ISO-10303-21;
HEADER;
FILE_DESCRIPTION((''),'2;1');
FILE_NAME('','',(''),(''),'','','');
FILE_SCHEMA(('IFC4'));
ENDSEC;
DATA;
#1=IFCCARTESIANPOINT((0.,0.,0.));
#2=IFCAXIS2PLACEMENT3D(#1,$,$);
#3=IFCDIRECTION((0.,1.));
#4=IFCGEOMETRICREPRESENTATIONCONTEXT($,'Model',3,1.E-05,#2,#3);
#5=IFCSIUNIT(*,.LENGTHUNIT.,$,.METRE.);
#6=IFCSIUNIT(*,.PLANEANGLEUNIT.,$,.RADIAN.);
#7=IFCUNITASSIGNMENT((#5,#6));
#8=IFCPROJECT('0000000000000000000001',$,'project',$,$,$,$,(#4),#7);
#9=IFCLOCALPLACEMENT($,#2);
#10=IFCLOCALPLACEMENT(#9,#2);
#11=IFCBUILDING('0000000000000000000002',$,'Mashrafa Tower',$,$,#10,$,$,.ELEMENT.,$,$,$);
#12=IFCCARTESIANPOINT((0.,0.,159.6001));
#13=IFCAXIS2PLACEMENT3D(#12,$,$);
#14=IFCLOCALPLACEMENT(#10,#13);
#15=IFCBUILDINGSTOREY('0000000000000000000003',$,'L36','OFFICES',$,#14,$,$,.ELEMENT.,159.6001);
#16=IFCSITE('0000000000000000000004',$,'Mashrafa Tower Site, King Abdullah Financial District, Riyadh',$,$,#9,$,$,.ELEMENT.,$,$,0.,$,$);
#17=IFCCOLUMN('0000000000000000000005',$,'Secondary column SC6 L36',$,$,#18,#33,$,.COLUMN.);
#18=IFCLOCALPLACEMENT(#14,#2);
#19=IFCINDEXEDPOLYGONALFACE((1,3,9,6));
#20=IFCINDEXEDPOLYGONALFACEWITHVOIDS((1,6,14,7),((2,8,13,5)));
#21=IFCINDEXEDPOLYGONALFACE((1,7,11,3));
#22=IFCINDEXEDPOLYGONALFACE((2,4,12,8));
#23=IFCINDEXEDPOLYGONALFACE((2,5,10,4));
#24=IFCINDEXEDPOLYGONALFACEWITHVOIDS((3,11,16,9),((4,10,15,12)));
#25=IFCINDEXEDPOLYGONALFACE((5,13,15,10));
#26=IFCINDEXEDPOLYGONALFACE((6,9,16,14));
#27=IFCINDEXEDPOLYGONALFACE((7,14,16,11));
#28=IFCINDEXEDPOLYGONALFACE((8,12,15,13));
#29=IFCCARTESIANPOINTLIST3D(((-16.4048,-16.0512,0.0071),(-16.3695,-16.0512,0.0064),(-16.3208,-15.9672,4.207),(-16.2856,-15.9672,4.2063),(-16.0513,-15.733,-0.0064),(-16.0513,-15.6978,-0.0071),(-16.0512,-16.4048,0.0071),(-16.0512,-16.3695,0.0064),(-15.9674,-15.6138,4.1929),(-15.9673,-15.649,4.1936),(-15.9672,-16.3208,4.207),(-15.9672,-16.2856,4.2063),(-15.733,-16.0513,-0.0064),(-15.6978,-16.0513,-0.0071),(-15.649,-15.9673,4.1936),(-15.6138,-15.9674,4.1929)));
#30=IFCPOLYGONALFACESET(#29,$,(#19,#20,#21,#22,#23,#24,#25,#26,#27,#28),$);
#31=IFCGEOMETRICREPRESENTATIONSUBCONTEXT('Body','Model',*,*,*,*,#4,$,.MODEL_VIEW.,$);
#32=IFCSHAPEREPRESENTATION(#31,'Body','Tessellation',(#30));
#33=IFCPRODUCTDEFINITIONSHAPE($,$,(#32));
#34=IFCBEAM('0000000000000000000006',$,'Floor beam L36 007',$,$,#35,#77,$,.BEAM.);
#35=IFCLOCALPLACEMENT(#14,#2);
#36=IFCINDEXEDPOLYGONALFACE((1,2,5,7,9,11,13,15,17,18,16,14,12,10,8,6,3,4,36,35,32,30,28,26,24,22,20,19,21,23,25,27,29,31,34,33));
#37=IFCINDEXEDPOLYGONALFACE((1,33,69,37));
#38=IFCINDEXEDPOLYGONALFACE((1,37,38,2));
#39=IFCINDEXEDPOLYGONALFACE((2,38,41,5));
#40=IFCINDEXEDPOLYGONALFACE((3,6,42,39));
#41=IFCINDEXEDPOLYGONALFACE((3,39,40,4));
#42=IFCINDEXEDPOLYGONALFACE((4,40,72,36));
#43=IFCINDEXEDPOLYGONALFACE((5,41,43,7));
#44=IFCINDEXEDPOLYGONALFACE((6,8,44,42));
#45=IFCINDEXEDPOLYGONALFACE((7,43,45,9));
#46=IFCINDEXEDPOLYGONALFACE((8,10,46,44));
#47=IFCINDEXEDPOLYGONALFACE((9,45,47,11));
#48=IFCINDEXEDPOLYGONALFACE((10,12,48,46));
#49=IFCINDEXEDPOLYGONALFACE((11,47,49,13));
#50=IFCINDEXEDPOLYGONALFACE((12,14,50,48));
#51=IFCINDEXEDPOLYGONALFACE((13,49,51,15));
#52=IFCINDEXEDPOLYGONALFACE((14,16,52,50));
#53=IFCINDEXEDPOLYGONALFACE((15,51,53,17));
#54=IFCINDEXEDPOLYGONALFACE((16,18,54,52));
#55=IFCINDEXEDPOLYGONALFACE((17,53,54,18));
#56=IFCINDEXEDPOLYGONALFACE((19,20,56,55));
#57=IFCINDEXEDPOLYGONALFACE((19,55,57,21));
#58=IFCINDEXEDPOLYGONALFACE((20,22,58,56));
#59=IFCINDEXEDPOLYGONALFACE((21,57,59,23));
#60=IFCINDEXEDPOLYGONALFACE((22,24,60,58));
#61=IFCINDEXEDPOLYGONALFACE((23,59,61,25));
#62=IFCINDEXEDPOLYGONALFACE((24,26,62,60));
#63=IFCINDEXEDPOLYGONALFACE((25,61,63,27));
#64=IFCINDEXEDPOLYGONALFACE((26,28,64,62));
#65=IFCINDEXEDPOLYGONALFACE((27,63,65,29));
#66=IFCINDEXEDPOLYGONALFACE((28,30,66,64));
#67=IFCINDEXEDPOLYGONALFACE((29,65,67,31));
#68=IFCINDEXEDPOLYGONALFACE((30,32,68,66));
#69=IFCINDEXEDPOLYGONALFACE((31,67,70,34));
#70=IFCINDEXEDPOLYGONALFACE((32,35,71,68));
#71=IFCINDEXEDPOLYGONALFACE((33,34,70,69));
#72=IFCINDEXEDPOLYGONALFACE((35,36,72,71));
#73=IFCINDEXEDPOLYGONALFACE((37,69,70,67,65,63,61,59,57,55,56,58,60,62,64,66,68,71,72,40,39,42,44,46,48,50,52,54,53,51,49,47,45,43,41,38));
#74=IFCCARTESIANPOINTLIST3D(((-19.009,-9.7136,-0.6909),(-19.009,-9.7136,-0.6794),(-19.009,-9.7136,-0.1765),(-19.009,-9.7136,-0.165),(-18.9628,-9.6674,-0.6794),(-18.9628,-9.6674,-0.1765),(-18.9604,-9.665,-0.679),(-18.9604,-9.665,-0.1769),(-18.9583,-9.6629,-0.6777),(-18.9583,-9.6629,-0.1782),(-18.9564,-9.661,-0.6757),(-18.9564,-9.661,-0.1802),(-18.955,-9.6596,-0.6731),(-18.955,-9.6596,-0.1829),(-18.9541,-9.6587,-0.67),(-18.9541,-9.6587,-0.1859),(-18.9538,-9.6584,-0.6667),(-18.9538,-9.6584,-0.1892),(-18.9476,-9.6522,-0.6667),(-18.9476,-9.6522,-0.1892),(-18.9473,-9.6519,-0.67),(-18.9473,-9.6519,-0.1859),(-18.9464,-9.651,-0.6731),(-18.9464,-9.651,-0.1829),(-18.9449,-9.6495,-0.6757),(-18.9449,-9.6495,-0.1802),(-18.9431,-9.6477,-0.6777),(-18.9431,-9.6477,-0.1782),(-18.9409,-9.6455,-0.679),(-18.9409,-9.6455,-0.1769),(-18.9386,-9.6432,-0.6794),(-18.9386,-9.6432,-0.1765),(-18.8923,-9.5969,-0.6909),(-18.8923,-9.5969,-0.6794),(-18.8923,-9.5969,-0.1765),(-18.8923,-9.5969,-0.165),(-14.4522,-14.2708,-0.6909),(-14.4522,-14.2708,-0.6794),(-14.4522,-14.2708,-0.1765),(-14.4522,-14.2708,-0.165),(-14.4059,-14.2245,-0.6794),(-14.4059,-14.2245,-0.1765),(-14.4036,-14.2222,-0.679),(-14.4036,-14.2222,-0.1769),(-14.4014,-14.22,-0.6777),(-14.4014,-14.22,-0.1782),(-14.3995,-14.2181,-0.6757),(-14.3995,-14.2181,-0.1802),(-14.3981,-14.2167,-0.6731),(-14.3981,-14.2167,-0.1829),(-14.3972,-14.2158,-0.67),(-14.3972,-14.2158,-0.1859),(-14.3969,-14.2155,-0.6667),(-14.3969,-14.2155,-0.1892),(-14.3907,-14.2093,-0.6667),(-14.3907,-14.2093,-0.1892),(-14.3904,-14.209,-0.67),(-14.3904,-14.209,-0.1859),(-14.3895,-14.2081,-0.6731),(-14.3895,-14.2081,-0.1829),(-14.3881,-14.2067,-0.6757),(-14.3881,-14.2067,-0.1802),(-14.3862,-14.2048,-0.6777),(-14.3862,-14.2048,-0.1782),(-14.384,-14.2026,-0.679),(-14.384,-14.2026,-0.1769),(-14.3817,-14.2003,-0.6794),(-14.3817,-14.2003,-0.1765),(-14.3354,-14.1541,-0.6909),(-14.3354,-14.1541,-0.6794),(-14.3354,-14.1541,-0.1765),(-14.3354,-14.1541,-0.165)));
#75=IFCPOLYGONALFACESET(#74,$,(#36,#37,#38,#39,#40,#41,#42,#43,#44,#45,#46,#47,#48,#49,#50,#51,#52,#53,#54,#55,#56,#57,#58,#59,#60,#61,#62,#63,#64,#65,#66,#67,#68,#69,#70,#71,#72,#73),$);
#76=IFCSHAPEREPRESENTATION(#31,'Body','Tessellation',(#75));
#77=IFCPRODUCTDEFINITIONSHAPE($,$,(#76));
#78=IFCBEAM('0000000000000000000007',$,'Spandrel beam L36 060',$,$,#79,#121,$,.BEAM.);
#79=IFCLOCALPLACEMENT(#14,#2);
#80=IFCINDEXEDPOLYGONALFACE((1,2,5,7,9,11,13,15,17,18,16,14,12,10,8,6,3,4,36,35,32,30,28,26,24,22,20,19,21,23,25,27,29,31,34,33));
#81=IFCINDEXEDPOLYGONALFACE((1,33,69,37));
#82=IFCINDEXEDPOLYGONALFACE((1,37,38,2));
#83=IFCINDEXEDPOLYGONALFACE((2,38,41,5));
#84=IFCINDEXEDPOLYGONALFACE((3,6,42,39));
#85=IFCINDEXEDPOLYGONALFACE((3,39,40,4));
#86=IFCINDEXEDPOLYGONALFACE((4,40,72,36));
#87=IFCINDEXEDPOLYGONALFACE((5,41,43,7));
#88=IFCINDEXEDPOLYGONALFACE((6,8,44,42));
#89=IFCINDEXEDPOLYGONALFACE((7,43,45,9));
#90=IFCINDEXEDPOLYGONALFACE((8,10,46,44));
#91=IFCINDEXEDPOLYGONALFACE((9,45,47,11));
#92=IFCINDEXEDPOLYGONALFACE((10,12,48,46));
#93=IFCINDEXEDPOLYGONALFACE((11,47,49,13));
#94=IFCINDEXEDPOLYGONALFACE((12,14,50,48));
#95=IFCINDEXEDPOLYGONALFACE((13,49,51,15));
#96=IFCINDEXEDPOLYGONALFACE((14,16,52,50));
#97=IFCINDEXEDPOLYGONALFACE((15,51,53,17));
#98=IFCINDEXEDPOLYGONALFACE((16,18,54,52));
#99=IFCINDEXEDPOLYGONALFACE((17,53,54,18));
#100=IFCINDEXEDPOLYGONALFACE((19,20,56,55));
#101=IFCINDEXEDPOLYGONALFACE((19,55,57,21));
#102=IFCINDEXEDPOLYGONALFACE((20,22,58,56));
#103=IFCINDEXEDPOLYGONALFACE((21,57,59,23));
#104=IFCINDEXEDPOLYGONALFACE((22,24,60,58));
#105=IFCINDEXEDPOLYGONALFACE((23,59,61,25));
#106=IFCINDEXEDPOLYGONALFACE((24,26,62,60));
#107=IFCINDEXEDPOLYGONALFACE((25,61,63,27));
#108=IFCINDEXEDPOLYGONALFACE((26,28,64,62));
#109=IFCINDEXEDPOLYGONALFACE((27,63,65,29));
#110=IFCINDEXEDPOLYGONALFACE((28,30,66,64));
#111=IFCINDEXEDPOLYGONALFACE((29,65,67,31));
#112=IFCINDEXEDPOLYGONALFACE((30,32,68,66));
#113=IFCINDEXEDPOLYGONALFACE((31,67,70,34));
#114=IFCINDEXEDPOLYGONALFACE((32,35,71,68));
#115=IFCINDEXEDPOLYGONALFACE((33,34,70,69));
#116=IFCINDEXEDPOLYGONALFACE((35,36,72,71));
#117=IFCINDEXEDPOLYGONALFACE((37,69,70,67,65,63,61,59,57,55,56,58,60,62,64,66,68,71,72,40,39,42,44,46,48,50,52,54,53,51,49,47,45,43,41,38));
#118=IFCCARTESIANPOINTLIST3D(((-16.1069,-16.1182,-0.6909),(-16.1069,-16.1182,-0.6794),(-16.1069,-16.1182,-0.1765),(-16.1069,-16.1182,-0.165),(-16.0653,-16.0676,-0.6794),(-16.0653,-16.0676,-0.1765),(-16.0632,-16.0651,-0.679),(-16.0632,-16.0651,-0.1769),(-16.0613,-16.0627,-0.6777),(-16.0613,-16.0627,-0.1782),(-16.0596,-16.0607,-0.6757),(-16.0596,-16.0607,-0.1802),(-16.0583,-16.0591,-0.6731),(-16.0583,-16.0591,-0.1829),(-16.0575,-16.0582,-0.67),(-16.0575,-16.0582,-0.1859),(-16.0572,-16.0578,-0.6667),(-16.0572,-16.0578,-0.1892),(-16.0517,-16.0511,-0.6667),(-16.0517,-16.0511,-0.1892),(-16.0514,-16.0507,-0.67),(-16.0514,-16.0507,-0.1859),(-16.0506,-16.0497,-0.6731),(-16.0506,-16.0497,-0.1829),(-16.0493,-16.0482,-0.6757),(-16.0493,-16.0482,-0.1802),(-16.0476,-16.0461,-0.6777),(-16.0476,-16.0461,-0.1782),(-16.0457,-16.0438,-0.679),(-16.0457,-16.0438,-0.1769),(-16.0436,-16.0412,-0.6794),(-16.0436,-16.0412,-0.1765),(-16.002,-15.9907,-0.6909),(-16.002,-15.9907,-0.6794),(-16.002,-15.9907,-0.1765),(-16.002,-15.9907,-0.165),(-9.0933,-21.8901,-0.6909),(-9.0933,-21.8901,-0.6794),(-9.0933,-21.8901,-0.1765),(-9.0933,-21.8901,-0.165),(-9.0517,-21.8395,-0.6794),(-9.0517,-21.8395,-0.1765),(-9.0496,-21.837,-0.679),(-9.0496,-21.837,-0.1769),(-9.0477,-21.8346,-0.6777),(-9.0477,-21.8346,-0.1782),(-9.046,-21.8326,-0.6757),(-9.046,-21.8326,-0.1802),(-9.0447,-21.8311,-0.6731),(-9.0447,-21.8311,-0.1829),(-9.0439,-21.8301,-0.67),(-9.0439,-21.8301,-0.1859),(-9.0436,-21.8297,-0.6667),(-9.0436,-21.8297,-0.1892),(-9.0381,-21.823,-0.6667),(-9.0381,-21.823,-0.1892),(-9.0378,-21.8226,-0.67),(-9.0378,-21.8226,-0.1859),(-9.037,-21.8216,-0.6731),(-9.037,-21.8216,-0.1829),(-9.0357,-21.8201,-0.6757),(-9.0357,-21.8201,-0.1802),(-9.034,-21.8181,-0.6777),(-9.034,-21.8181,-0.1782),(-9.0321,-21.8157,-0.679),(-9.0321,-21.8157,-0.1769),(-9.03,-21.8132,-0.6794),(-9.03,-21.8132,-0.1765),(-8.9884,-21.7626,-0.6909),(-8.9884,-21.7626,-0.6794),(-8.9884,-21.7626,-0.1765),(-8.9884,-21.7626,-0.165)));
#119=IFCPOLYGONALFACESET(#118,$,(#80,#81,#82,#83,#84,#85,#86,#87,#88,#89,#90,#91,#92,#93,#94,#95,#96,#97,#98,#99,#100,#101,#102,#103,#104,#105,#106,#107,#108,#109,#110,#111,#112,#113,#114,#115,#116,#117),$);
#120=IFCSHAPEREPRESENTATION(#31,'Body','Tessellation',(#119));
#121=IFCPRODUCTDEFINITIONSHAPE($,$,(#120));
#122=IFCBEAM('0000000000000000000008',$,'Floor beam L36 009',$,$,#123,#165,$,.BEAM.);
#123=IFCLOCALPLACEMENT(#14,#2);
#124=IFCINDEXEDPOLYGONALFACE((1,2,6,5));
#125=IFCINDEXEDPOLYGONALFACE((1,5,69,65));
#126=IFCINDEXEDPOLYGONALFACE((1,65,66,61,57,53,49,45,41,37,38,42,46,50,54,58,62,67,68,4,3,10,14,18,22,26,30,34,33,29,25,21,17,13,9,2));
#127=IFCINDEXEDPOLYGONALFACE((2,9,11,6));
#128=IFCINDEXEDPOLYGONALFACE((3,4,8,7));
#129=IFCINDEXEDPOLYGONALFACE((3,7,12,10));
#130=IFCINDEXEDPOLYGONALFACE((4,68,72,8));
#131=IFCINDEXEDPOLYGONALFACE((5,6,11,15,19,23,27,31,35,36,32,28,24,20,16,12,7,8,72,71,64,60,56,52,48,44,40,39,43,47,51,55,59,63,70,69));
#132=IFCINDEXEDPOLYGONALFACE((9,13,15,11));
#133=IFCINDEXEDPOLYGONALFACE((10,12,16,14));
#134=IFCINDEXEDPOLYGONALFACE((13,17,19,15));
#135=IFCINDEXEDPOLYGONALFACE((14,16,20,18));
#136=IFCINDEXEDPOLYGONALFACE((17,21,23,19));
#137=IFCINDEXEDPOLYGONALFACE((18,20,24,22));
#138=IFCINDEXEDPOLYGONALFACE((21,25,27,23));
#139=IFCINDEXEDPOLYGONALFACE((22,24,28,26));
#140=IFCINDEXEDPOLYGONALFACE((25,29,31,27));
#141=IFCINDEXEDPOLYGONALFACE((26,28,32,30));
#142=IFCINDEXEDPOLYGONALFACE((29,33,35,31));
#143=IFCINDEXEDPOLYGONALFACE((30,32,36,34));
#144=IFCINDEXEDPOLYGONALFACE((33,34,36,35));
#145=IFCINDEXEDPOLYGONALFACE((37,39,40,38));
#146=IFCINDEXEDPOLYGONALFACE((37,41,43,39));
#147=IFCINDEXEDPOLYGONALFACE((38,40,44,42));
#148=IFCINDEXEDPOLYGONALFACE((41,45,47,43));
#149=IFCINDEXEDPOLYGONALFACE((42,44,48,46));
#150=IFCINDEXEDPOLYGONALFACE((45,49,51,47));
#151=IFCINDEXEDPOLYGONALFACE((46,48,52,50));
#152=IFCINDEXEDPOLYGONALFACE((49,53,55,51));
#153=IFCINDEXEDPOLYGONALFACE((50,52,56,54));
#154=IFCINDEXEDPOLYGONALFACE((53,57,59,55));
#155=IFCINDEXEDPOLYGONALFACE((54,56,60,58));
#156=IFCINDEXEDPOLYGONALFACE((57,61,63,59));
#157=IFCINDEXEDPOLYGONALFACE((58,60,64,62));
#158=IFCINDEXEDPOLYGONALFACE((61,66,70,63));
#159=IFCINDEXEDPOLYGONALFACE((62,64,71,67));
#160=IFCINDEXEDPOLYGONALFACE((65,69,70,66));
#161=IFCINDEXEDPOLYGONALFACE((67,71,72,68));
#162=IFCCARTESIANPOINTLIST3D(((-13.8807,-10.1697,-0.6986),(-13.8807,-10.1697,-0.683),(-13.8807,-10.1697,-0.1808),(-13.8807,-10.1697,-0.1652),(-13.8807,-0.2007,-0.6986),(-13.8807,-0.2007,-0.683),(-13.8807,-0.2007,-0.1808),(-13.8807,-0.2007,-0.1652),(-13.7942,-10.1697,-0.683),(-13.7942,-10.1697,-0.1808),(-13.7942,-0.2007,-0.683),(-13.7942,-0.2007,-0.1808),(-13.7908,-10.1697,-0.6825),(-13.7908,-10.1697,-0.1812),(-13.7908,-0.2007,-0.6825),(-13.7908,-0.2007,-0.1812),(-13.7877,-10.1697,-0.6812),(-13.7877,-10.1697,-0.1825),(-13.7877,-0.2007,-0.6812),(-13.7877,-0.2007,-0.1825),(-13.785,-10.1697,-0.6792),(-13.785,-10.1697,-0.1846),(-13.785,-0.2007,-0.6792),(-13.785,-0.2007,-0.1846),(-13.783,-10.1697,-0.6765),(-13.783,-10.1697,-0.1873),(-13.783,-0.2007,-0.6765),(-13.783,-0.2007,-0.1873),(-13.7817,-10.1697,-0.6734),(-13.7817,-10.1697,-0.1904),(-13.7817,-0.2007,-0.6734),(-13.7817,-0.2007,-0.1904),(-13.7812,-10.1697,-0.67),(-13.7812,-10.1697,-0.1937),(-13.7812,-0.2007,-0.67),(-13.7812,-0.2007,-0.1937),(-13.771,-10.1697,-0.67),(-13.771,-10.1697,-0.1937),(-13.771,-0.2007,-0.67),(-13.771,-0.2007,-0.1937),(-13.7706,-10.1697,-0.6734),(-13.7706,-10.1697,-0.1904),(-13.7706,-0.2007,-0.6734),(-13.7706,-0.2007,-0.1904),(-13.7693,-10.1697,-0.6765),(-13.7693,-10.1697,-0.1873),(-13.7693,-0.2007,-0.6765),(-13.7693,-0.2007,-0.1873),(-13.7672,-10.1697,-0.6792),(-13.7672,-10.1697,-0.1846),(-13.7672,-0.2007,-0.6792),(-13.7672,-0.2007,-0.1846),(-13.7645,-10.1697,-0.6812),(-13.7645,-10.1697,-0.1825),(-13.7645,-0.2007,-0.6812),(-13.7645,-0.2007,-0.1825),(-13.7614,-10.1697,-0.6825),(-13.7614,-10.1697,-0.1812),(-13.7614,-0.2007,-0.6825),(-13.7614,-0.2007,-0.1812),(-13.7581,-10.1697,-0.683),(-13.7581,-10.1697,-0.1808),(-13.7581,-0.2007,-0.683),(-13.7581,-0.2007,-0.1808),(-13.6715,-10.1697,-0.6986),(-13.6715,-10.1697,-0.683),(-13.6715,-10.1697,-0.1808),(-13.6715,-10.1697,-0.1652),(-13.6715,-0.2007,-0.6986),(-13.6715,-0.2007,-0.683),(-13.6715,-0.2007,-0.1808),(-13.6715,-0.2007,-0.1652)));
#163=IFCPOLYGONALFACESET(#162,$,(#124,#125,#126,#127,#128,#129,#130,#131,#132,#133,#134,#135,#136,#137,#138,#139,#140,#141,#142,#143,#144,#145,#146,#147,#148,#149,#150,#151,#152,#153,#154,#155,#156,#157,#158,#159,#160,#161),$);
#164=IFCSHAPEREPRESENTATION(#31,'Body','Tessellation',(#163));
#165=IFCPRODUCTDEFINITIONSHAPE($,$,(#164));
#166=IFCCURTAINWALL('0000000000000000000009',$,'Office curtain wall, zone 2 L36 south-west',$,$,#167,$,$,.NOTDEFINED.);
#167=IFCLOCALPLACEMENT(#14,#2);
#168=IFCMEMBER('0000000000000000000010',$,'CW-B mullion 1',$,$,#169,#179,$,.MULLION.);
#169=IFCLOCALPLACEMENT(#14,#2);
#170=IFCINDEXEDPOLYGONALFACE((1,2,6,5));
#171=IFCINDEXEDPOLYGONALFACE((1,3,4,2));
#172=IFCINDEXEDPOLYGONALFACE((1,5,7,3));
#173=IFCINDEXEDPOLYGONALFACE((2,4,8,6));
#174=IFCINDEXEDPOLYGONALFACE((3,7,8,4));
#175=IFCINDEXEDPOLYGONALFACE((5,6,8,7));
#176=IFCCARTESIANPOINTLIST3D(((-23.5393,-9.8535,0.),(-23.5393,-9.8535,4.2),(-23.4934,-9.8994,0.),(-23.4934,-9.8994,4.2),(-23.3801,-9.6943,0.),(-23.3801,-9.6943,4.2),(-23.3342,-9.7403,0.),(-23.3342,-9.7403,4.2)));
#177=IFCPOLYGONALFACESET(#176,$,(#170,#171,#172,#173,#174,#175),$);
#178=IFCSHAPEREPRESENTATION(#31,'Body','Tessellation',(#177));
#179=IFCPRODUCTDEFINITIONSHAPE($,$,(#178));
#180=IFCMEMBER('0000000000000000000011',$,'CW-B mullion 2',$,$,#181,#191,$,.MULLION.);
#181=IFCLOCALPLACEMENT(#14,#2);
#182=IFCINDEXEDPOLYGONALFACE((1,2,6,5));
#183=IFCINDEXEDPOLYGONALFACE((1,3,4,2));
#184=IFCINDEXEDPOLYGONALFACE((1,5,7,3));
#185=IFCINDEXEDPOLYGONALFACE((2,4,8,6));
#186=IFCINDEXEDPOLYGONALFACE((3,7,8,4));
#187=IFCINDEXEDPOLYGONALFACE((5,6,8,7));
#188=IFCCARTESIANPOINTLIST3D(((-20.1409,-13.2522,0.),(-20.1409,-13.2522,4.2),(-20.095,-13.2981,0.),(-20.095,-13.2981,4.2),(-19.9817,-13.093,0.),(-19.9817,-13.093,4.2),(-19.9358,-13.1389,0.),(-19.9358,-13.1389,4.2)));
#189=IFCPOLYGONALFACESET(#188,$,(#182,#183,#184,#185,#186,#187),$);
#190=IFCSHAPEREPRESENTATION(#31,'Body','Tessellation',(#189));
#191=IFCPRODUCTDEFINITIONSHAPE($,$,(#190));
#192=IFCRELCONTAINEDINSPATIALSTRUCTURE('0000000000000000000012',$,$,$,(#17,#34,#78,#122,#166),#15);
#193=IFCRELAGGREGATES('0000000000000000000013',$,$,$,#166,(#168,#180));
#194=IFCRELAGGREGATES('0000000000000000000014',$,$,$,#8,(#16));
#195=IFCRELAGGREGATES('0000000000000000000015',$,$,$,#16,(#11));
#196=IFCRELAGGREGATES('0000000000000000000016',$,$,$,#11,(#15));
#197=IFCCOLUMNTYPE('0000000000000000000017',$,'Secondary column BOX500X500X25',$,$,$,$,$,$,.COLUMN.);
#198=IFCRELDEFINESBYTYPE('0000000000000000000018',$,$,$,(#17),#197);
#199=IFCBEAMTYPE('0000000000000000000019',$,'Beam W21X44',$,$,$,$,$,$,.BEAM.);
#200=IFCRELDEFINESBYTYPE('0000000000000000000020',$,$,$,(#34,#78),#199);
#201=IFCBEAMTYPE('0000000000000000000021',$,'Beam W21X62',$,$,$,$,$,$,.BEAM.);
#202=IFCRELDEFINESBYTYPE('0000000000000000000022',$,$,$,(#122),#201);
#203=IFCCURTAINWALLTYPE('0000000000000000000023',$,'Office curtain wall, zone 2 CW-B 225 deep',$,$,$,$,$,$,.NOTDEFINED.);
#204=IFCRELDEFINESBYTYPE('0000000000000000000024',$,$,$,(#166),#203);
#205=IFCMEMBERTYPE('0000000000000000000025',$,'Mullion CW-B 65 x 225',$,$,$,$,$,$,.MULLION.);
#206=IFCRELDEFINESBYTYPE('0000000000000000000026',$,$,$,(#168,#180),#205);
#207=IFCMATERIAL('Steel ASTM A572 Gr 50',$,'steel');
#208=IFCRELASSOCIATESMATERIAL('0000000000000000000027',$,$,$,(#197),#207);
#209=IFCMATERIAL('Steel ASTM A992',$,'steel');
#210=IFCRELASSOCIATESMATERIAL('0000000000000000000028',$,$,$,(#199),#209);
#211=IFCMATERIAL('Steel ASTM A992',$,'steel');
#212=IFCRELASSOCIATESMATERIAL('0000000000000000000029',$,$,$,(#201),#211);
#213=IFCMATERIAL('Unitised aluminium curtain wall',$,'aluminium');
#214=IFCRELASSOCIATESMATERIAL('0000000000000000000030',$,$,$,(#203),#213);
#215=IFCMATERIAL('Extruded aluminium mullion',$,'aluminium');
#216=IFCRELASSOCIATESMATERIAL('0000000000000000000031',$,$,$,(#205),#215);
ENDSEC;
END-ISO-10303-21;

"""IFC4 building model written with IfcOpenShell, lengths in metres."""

from ifc_helpers import new_model, si_unit, direction, frame, origin, origin_2d, place, context, subcontext, project, spatial, rectangle, hollow_rectangle, i_section, extrude, source, transform, mapped, material, material_profile, profile_set, type_object, type_shapes, element, aggregate, save


model = new_model("IFC4")

# Units and contexts
model_context = context("Model", 3, precision=1e-05, world=origin(), true_north=direction((0.0, 1.0)))
body_context = subcontext(model_context, "Body", "Model", "MODEL_VIEW")
ifc_project = project(units=[si_unit("LENGTHUNIT", "METRE"), si_unit("PLANEANGLEUNIT", "RADIAN")], contexts=[model_context])

# Site, building, storey
site_placement = place(None, origin())
site = spatial("IfcSite", under=ifc_project, at=site_placement, Name="Mashrafa Tower Site, King Abdullah Financial District, Riyadh", CompositionType="ELEMENT", RefElevation=0.0)
building_placement = place(site_placement, origin())
building = spatial("IfcBuilding", under=site, at=building_placement, Name="Mashrafa Tower", CompositionType="ELEMENT")
storey_placement = place(building_placement, frame((0.0, 0.0, 159.6001)))
storey = spatial("IfcBuildingStorey", under=building, at=storey_placement, Name="L36", Description="OFFICES", CompositionType="ELEMENT", Elevation=159.6001)

# Column
ifc_material_1 = material(Name="Steel ASTM A572 Gr 50", Category="steel")
ifc_material_profile_1 = material_profile(ifc_material_1, hollow_rectangle(XDim=0.5, YDim=0.5, WallThickness=0.0249, at=origin_2d()), Name="BOX500X500X25")
ifc_profile_set_1 = profile_set([ifc_material_profile_1], Name="Steel ASTM A572 Gr 50")
column_type = type_object("IfcColumnType", Name="Secondary column BOX500X500X25", PredefinedType="COLUMN", material=ifc_profile_set_1)
column_placement = place(storey_placement, frame((-16.0513, -16.0513, 0.0), z_axis=(0.019989, 0.019989, 0.9996), x_axis=(-0.707107, 0.707107, 0.0)))
element("IfcColumn", 1, at=column_placement, inside=storey, type_object=column_type, Name="Secondary column SC6 L36", PredefinedType="COLUMN", context=body_context, shape_type="SweptSolid", body=[
    extrude(hollow_rectangle(XDim=0.5, YDim=0.5, WallThickness=0.0249, at=origin_2d()), origin(), (0.0, 0.0, 1.0), 4.2017),
])

# Beams
ifc_material_2 = material(Name="Steel ASTM A992", Category="steel")
ifc_material_profile_2 = material_profile(ifc_material_2, i_section(OverallWidth=0.165, OverallDepth=0.5259, WebThickness=0.0088, FlangeThickness=0.0115, FilletRadius=0.0127, at=origin_2d()), Name="W21X44")
ifc_profile_set_2 = profile_set([ifc_material_profile_2], Name="Steel ASTM A992")
beam_type_1 = type_object("IfcBeamType", Name="Beam W21X44", PredefinedType="BEAM", material=ifc_profile_set_2)
beam_1_placement = place(storey_placement, frame((-14.3938, -14.2124, -0.428), z_axis=(-0.707088, 0.707126, 0.0), x_axis=(-0.707126, -0.707088, 0.0)))
element("IfcBeam", 2, at=beam_1_placement, inside=storey, type_object=beam_type_1, Name="Floor beam L36 007", PredefinedType="BEAM", context=body_context, shape_type="SweptSolid", body=[
    extrude(i_section(OverallWidth=0.165, OverallDepth=0.5259, WebThickness=0.0088, FlangeThickness=0.0115, FilletRadius=0.0127, at=origin_2d()), origin(), (0.0, 0.0, 1.0), 6.4446),
])
beam_2_placement = place(storey_placement, frame((-16.0544, -16.0544, -0.428), z_axis=(0.772146, -0.635445, 0.0), x_axis=(0.635445, 0.772146, 0.0)))
element("IfcBeam", 3, at=beam_2_placement, inside=storey, type_object=beam_type_1, Name="Spandrel beam L36 060", PredefinedType="BEAM", context=body_context, shape_type="SweptSolid", body=[
    extrude(i_section(OverallWidth=0.165, OverallDepth=0.5259, WebThickness=0.0088, FlangeThickness=0.0115, FilletRadius=0.0127, at=origin_2d()), origin(), (0.0, 0.0, 1.0), 9.0833),
])
ifc_material_3 = material(Name="Steel ASTM A992", Category="steel")
ifc_material_profile_3 = material_profile(ifc_material_3, i_section(OverallWidth=0.2092, OverallDepth=0.5334, WebThickness=0.0103, FlangeThickness=0.0156, FilletRadius=0.0129, at=origin_2d()), Name="W21X62")
ifc_profile_set_3 = profile_set([ifc_material_profile_3], Name="Steel ASTM A992")
beam_type_2 = type_object("IfcBeamType", Name="Beam W21X62", PredefinedType="BEAM", material=ifc_profile_set_3)
beam_3_placement = place(storey_placement, frame((-13.7761, -10.1697, -0.4319), z_axis=(0.0, 1.0, 0.0), x_axis=(-1.0, 0.0, 0.0)))
element("IfcBeam", 4, at=beam_3_placement, inside=storey, type_object=beam_type_2, Name="Floor beam L36 009", PredefinedType="BEAM", context=body_context, shape_type="SweptSolid", body=[
    extrude(i_section(OverallWidth=0.2092, OverallDepth=0.5334, WebThickness=0.0103, FlangeThickness=0.0156, FilletRadius=0.0129, at=origin_2d()), origin(), (0.0, 0.0, 1.0), 9.969),
])

# Curtain wall, members
ifc_material_4 = material(Name="Unitised aluminium curtain wall", Category="aluminium")
curtain_wall_type = type_object("IfcCurtainWallType", Name="Office curtain wall, zone 2 CW-B 225 deep", PredefinedType="NOTDEFINED", material=ifc_material_4)
curtain_wall_placement = place(storey_placement, origin())
curtain_wall = element("IfcCurtainWall", 5, at=curtain_wall_placement, inside=storey, type_object=curtain_wall_type, Name="Office curtain wall, zone 2 L36 south-west", PredefinedType="NOTDEFINED")
ifc_material_5 = material(Name="Extruded aluminium mullion", Category="aluminium")
ifc_material_profile_4 = material_profile(ifc_material_5, rectangle(XDim=0.2251, YDim=0.0649, at=origin_2d()), Name="Mullion 65x225")
ifc_profile_set_4 = profile_set([ifc_material_profile_4], Name="Extruded aluminium mullion")
member_type_1 = type_object("IfcMemberType", Name="Mullion CW-B 65 x 225", PredefinedType="MULLION", material=ifc_profile_set_4)
shared_shape_1 = source(origin(), body_context, "Body", "SweptSolid", [
    extrude(rectangle(XDim=0.2251, YDim=0.0649, at=origin_2d()), origin(), (0.0, 0.0, 1.0), 4.2),
])
type_shapes(member_type_1, [shared_shape_1])
member_1_placement = place(storey_placement, frame((-23.4368, -9.7969, 0.0), z_axis=(0.0, 0.0, 1.0), x_axis=(0.707107, 0.707107, 0.0)))
member_1 = element("IfcMember", 6, at=member_1_placement, type_object=member_type_1, Name="CW-B mullion 1", PredefinedType="MULLION", context=body_context, shape_type="MappedRepresentation", body=[
    mapped(shared_shape_1, transform((0.0, 0.0, 0.0))),
])
member_2_placement = place(storey_placement, frame((-20.0383, -13.1956, 0.0), z_axis=(0.0, 0.0, 1.0), x_axis=(0.707107, 0.707107, 0.0)))
member_2 = element("IfcMember", 7, at=member_2_placement, type_object=member_type_1, Name="CW-B mullion 2", PredefinedType="MULLION", context=body_context, shape_type="MappedRepresentation", body=[
    mapped(shared_shape_1, transform((0.0, 0.0, 0.0))),
])
aggregate(curtain_wall, [member_1, member_2])

save(model, "model.ifc")
